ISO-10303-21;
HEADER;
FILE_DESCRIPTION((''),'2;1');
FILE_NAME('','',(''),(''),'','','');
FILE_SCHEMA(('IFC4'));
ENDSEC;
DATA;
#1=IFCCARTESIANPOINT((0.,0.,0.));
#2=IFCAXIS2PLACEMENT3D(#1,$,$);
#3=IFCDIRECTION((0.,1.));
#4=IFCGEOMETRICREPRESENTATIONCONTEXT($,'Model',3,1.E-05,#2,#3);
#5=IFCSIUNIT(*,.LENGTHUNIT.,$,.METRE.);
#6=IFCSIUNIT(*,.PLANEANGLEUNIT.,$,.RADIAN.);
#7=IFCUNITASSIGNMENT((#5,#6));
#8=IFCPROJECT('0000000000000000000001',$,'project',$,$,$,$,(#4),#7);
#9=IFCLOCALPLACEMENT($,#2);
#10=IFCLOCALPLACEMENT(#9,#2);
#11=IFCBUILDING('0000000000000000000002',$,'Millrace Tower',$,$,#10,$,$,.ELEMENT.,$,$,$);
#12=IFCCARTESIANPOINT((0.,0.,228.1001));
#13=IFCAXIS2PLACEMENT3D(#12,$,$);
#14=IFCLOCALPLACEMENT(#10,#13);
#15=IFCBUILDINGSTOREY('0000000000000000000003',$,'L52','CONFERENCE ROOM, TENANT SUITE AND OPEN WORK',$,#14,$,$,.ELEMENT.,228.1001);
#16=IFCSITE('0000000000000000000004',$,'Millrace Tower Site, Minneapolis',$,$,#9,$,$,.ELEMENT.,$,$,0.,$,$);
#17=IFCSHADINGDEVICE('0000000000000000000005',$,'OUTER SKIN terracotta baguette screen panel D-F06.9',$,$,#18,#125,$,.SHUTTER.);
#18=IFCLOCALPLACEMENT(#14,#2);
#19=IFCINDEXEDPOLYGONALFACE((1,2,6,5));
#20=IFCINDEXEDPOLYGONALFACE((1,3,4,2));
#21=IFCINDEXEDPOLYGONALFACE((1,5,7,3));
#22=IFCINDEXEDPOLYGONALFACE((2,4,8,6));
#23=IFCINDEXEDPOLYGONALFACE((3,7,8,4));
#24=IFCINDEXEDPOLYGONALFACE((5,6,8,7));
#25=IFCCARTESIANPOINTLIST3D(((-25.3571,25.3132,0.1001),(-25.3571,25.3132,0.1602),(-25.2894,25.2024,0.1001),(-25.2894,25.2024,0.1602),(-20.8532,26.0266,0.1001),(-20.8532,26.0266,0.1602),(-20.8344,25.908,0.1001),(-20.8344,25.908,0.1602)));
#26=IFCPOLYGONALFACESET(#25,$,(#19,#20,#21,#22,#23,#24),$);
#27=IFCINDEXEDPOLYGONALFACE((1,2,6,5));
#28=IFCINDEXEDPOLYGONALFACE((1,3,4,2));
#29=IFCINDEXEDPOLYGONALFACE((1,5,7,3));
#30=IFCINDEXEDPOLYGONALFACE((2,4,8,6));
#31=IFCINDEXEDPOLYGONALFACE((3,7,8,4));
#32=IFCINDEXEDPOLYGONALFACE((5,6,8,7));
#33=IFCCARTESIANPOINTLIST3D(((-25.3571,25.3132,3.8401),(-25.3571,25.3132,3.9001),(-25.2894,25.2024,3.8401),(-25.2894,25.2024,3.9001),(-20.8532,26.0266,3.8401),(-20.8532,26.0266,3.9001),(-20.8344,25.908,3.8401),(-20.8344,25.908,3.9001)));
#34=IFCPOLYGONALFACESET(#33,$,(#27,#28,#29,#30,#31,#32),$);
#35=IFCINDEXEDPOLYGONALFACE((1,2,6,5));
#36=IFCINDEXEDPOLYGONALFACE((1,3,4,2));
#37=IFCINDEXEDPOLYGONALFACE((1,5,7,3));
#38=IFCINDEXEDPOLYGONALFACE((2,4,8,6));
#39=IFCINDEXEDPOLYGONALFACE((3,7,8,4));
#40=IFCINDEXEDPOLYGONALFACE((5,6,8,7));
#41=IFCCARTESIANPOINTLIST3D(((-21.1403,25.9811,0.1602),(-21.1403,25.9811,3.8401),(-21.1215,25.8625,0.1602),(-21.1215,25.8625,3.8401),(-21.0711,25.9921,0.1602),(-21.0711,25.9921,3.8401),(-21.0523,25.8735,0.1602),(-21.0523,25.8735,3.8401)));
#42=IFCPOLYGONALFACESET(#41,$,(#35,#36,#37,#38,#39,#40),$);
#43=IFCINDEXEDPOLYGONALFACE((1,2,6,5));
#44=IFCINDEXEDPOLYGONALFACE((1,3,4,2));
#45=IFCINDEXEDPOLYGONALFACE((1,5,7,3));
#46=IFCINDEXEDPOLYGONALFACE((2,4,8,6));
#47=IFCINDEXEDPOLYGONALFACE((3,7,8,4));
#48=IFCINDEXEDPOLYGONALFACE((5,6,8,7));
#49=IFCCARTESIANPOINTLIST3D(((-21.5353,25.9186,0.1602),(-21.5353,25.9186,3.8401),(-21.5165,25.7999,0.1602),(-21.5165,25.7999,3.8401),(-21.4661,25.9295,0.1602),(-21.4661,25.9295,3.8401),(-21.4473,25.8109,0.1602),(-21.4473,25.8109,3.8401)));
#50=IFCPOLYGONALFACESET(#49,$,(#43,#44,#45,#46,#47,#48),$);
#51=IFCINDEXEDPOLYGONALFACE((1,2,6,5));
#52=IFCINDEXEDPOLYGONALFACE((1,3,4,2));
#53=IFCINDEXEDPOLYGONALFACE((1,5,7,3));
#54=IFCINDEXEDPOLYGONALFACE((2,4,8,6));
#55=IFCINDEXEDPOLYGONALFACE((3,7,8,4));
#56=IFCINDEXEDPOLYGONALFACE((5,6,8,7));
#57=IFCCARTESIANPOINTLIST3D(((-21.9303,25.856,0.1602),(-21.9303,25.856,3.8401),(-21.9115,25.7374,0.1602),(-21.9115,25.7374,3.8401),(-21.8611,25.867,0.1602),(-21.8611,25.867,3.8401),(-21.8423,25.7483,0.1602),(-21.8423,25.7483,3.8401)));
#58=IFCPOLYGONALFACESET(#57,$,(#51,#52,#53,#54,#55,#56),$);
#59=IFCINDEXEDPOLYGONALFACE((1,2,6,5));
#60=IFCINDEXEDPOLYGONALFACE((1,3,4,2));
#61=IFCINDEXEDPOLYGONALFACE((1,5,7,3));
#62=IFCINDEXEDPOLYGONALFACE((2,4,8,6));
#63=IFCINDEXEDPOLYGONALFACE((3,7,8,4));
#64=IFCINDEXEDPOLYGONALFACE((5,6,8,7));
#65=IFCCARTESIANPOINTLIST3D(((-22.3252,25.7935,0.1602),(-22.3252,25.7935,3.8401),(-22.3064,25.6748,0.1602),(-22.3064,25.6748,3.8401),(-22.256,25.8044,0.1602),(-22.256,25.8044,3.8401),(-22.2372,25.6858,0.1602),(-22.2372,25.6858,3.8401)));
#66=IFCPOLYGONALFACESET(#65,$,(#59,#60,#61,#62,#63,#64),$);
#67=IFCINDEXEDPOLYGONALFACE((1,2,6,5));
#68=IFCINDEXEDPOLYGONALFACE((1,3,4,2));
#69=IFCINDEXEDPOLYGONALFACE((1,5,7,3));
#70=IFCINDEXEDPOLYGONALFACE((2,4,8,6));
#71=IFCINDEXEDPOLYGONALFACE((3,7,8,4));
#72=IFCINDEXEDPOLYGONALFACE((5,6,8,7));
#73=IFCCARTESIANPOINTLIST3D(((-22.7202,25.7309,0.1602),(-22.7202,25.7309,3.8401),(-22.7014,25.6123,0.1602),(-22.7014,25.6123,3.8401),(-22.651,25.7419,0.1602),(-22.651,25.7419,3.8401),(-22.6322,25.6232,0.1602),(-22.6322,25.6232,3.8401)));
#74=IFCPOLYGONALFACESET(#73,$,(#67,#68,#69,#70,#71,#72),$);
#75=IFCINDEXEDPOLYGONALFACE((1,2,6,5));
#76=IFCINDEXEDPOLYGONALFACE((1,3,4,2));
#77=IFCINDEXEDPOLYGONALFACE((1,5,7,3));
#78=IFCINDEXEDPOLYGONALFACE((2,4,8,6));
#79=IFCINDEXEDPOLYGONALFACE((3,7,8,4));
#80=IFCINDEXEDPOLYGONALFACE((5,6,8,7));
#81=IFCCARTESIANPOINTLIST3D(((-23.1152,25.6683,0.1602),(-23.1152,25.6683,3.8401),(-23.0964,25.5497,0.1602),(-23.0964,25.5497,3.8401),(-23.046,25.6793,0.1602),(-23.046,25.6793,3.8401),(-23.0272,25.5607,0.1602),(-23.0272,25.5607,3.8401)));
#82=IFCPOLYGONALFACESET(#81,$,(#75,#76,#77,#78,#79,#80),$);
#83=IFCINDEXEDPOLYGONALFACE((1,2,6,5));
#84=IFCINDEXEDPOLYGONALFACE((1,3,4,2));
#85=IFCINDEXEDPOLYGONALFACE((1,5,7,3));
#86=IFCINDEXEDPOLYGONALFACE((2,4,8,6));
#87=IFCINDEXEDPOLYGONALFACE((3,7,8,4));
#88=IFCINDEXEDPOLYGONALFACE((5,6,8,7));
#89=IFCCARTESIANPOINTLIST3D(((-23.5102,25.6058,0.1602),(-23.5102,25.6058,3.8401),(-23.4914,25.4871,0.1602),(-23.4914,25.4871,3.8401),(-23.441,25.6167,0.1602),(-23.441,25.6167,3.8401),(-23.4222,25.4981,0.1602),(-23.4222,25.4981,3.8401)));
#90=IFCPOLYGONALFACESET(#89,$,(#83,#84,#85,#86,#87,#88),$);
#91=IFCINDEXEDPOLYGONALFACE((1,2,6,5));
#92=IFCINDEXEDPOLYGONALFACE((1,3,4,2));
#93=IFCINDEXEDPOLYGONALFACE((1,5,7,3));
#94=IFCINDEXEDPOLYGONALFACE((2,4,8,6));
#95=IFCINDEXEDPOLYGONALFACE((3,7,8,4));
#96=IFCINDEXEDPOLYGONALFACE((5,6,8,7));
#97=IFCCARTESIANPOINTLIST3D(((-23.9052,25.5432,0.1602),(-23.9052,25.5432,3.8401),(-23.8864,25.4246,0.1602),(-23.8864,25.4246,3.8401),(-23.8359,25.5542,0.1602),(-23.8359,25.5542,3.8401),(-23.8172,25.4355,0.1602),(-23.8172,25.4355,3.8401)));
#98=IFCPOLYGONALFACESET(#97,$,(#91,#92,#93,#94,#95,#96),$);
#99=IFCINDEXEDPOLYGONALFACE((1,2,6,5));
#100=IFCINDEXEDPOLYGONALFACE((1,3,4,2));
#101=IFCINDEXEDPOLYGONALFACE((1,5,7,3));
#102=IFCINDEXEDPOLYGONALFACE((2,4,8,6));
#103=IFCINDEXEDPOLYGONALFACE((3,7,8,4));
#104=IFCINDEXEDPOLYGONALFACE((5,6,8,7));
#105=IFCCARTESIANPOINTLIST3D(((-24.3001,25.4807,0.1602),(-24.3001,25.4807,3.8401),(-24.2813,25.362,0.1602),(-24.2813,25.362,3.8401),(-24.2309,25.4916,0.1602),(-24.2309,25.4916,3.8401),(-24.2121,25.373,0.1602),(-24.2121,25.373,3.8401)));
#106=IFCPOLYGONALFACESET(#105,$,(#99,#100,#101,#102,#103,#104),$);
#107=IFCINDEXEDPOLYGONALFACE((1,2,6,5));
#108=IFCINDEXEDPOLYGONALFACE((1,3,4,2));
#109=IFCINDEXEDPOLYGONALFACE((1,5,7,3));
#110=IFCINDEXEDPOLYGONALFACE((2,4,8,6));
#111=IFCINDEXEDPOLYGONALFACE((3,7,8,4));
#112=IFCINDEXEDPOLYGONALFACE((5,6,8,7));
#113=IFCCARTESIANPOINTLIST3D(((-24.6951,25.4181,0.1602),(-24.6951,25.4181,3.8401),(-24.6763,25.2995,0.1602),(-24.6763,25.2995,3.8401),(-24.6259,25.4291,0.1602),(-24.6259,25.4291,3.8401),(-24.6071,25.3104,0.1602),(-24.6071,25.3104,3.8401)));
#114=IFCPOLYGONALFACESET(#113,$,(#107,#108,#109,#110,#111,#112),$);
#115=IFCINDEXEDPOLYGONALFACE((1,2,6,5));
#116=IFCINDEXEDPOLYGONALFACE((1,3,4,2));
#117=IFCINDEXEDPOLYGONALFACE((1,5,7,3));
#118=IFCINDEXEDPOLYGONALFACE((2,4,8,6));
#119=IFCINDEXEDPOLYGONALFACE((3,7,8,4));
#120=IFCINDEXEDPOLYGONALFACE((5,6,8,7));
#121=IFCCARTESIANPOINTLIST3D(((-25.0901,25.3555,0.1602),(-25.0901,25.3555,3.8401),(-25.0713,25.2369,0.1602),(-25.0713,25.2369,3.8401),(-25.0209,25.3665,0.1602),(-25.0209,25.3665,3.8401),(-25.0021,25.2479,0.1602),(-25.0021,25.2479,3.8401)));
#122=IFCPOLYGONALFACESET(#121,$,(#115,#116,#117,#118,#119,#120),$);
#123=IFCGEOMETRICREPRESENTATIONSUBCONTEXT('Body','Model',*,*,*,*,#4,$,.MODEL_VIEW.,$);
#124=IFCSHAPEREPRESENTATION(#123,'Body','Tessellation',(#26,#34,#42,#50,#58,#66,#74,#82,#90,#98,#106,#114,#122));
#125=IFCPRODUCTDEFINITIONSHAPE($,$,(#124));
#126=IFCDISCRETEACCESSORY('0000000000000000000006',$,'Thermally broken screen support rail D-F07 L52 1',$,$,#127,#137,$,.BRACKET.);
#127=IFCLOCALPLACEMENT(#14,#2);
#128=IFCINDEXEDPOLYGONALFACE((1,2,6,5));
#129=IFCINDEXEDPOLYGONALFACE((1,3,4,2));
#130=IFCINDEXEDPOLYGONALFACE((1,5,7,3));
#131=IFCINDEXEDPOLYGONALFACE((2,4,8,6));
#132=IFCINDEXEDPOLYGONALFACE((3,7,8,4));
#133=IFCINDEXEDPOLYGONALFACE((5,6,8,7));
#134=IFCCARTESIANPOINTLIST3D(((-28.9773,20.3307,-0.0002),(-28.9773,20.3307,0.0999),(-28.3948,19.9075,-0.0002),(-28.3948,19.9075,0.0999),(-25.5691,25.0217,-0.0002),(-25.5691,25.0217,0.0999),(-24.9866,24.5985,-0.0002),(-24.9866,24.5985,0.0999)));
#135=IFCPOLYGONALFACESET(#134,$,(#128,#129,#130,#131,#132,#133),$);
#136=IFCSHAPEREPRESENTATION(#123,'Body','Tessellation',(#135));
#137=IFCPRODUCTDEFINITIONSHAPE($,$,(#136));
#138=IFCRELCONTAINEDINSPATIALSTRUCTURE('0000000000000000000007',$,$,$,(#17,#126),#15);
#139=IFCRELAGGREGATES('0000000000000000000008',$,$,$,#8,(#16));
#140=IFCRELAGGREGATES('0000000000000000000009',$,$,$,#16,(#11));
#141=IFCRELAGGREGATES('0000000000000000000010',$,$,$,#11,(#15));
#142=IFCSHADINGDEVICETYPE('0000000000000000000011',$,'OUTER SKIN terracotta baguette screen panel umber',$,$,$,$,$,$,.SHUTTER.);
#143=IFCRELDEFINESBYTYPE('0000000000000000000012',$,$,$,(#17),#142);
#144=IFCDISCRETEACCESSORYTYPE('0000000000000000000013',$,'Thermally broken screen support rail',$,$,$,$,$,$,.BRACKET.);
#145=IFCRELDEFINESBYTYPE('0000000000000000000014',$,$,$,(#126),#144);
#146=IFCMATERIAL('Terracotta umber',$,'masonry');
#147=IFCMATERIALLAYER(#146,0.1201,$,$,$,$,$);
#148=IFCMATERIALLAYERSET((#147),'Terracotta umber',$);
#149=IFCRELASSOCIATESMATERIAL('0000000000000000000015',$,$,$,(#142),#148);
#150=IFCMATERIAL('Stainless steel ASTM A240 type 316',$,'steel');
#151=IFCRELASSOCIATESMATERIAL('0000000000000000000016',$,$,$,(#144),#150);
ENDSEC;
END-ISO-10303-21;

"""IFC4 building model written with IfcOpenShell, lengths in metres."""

from ifc_helpers import new_model, entity, si_unit, direction, frame, frame_2d, origin, origin_2d, place, context, subcontext, project, spatial, rectangle, extrude, source, transform, mapped, material, layer, layer_set, type_object, element, save


model = new_model("IFC4")

# Units and contexts
model_context = context("Model", 3, precision=1e-05, world=origin(), true_north=direction((0.0, 1.0)))
body_context = subcontext(model_context, "Body", "Model", "MODEL_VIEW")
ifc_project = project(units=[si_unit("LENGTHUNIT", "METRE"), si_unit("PLANEANGLEUNIT", "RADIAN")], contexts=[model_context])

# Site, building, storey
site_placement = place(None, origin())
site = spatial("IfcSite", under=ifc_project, at=site_placement, Name="Millrace Tower Site, Minneapolis", CompositionType="ELEMENT", RefElevation=0.0)
building_placement = place(site_placement, origin())
building = spatial("IfcBuilding", under=site, at=building_placement, Name="Millrace Tower", CompositionType="ELEMENT")
storey_placement = place(building_placement, frame((0.0, 0.0, 228.1001)))
storey = spatial("IfcBuildingStorey", under=building, at=storey_placement, Name="L52", Description="CONFERENCE ROOM, TENANT SUITE AND OPEN WORK", CompositionType="ELEMENT", Elevation=228.1001)

# Shading device
ifc_material_1 = material(Name="Terracotta umber", Category="masonry")
ifc_layer_1 = layer(ifc_material_1, 0.1201)
ifc_layer_set_1 = layer_set([ifc_layer_1], Name="Terracotta umber")
shading_device_type = type_object("IfcShadingDeviceType", Name="OUTER SKIN terracotta baguette screen panel umber", PredefinedType="SHUTTER", material=ifc_layer_set_1)
cartesian_point_1 = entity("IfcCartesianPoint", [-2.2676, 0.0601])
shared_polyline_1 = entity("IfcPolyline", [cartesian_point_1, entity("IfcCartesianPoint", [2.2429, 0.0601]), entity("IfcCartesianPoint", [2.2925, -0.0601]), entity("IfcCartesianPoint", [-2.2676, -0.0601]), cartesian_point_1])
shared_shape_1 = source(origin(), body_context, "Body", "SweptSolid", [
    entity("IfcExtrudedAreaSolid", entity("IfcArbitraryClosedProfileDef", "AREA", None, shared_polyline_1), entity("IfcAxis2Placement3D", entity("IfcCartesianPoint", [0.0, 0.0, 0.0])), entity("IfcDirection", [0.0, 0.0, 1.0]), 0.0601),
    entity("IfcExtrudedAreaSolid", entity("IfcArbitraryClosedProfileDef", "AREA", None, shared_polyline_1), entity("IfcAxis2Placement3D", entity("IfcCartesianPoint", [0.0, 0.0, 3.74])), entity("IfcDirection", [0.0, 0.0, 1.0]), 0.0601),
    extrude(rectangle(XDim=0.0701, YDim=0.1201, at=frame_2d((-2.012, 0.0))), frame((0.0, 0.0, 0.0601)), (0.0, 0.0, 1.0), 3.6799),
    extrude(rectangle(XDim=0.0701, YDim=0.1201, at=frame_2d((-1.6121, 0.0))), frame((0.0, 0.0, 0.0601)), (0.0, 0.0, 1.0), 3.6799),
    extrude(rectangle(XDim=0.0701, YDim=0.1201, at=frame_2d((-1.2122, 0.0))), frame((0.0, 0.0, 0.0601)), (0.0, 0.0, 1.0), 3.6799),
    extrude(rectangle(XDim=0.0701, YDim=0.1201, at=frame_2d((-0.8123, 0.0))), frame((0.0, 0.0, 0.0601)), (0.0, 0.0, 1.0), 3.6799),
    extrude(rectangle(XDim=0.0701, YDim=0.1201, at=frame_2d((-0.4124, 0.0))), frame((0.0, 0.0, 0.0601)), (0.0, 0.0, 1.0), 3.6799),
    extrude(rectangle(XDim=0.0701, YDim=0.1201, at=frame_2d((-0.0125, 0.0))), frame((0.0, 0.0, 0.0601)), (0.0, 0.0, 1.0), 3.6799),
    extrude(rectangle(XDim=0.0701, YDim=0.1201, at=frame_2d((0.3875, 0.0))), frame((0.0, 0.0, 0.0601)), (0.0, 0.0, 1.0), 3.6799),
    extrude(rectangle(XDim=0.0701, YDim=0.1201, at=frame_2d((0.7874, 0.0))), frame((0.0, 0.0, 0.0601)), (0.0, 0.0, 1.0), 3.6799),
    extrude(rectangle(XDim=0.0701, YDim=0.1201, at=frame_2d((1.1873, 0.0))), frame((0.0, 0.0, 0.0601)), (0.0, 0.0, 1.0), 3.6799),
    extrude(rectangle(XDim=0.0701, YDim=0.1201, at=frame_2d((1.5872, 0.0))), frame((0.0, 0.0, 0.0601)), (0.0, 0.0, 1.0), 3.6799),
    extrude(rectangle(XDim=0.0701, YDim=0.1201, at=frame_2d((1.9871, 0.0))), frame((0.0, 0.0, 0.0601)), (0.0, 0.0, 1.0), 3.6799),
])
shading_device_1_placement = place(storey_placement, frame((-23.0835, 25.6125, 0.1001), z_axis=(0.0, 0.0, 1.0), x_axis=(-0.987688, -0.156434, 0.0)))
element("IfcShadingDevice", 1, at=shading_device_1_placement, inside=storey, type_object=shading_device_type, Name="OUTER SKIN terracotta baguette screen panel D-F06.9", PredefinedType="SHUTTER", context=body_context, shape_type="MappedRepresentation", body=[
    mapped(shared_shape_1, transform((0.0, 0.0, 0.0), scale=1.0)),
])

# Discrete accessory
ifc_material_2 = material(Name="Stainless steel ASTM A240 type 316", Category="steel")
discrete_accessory_type = type_object("IfcDiscreteAccessoryType", Name="Thermally broken screen support rail", PredefinedType="BRACKET", material=ifc_material_2)
discrete_accessory_placement = place(storey_placement, frame((-26.9819, 22.4646, -0.0002), z_axis=(0.0, 0.0, 1.0), x_axis=(-0.587785, -0.809017, 0.0)))
element("IfcDiscreteAccessory", 2, at=discrete_accessory_placement, inside=storey, type_object=discrete_accessory_type, Name="Thermally broken screen support rail D-F07 L52 1", PredefinedType="BRACKET", context=body_context, shape_type="SweptSolid", body=[
    extrude(rectangle(XDim=5.7983, YDim=0.72, at=origin_2d()), origin(), (0.0, 0.0, 1.0), 0.1001),
])

save(model, "model.ifc")
